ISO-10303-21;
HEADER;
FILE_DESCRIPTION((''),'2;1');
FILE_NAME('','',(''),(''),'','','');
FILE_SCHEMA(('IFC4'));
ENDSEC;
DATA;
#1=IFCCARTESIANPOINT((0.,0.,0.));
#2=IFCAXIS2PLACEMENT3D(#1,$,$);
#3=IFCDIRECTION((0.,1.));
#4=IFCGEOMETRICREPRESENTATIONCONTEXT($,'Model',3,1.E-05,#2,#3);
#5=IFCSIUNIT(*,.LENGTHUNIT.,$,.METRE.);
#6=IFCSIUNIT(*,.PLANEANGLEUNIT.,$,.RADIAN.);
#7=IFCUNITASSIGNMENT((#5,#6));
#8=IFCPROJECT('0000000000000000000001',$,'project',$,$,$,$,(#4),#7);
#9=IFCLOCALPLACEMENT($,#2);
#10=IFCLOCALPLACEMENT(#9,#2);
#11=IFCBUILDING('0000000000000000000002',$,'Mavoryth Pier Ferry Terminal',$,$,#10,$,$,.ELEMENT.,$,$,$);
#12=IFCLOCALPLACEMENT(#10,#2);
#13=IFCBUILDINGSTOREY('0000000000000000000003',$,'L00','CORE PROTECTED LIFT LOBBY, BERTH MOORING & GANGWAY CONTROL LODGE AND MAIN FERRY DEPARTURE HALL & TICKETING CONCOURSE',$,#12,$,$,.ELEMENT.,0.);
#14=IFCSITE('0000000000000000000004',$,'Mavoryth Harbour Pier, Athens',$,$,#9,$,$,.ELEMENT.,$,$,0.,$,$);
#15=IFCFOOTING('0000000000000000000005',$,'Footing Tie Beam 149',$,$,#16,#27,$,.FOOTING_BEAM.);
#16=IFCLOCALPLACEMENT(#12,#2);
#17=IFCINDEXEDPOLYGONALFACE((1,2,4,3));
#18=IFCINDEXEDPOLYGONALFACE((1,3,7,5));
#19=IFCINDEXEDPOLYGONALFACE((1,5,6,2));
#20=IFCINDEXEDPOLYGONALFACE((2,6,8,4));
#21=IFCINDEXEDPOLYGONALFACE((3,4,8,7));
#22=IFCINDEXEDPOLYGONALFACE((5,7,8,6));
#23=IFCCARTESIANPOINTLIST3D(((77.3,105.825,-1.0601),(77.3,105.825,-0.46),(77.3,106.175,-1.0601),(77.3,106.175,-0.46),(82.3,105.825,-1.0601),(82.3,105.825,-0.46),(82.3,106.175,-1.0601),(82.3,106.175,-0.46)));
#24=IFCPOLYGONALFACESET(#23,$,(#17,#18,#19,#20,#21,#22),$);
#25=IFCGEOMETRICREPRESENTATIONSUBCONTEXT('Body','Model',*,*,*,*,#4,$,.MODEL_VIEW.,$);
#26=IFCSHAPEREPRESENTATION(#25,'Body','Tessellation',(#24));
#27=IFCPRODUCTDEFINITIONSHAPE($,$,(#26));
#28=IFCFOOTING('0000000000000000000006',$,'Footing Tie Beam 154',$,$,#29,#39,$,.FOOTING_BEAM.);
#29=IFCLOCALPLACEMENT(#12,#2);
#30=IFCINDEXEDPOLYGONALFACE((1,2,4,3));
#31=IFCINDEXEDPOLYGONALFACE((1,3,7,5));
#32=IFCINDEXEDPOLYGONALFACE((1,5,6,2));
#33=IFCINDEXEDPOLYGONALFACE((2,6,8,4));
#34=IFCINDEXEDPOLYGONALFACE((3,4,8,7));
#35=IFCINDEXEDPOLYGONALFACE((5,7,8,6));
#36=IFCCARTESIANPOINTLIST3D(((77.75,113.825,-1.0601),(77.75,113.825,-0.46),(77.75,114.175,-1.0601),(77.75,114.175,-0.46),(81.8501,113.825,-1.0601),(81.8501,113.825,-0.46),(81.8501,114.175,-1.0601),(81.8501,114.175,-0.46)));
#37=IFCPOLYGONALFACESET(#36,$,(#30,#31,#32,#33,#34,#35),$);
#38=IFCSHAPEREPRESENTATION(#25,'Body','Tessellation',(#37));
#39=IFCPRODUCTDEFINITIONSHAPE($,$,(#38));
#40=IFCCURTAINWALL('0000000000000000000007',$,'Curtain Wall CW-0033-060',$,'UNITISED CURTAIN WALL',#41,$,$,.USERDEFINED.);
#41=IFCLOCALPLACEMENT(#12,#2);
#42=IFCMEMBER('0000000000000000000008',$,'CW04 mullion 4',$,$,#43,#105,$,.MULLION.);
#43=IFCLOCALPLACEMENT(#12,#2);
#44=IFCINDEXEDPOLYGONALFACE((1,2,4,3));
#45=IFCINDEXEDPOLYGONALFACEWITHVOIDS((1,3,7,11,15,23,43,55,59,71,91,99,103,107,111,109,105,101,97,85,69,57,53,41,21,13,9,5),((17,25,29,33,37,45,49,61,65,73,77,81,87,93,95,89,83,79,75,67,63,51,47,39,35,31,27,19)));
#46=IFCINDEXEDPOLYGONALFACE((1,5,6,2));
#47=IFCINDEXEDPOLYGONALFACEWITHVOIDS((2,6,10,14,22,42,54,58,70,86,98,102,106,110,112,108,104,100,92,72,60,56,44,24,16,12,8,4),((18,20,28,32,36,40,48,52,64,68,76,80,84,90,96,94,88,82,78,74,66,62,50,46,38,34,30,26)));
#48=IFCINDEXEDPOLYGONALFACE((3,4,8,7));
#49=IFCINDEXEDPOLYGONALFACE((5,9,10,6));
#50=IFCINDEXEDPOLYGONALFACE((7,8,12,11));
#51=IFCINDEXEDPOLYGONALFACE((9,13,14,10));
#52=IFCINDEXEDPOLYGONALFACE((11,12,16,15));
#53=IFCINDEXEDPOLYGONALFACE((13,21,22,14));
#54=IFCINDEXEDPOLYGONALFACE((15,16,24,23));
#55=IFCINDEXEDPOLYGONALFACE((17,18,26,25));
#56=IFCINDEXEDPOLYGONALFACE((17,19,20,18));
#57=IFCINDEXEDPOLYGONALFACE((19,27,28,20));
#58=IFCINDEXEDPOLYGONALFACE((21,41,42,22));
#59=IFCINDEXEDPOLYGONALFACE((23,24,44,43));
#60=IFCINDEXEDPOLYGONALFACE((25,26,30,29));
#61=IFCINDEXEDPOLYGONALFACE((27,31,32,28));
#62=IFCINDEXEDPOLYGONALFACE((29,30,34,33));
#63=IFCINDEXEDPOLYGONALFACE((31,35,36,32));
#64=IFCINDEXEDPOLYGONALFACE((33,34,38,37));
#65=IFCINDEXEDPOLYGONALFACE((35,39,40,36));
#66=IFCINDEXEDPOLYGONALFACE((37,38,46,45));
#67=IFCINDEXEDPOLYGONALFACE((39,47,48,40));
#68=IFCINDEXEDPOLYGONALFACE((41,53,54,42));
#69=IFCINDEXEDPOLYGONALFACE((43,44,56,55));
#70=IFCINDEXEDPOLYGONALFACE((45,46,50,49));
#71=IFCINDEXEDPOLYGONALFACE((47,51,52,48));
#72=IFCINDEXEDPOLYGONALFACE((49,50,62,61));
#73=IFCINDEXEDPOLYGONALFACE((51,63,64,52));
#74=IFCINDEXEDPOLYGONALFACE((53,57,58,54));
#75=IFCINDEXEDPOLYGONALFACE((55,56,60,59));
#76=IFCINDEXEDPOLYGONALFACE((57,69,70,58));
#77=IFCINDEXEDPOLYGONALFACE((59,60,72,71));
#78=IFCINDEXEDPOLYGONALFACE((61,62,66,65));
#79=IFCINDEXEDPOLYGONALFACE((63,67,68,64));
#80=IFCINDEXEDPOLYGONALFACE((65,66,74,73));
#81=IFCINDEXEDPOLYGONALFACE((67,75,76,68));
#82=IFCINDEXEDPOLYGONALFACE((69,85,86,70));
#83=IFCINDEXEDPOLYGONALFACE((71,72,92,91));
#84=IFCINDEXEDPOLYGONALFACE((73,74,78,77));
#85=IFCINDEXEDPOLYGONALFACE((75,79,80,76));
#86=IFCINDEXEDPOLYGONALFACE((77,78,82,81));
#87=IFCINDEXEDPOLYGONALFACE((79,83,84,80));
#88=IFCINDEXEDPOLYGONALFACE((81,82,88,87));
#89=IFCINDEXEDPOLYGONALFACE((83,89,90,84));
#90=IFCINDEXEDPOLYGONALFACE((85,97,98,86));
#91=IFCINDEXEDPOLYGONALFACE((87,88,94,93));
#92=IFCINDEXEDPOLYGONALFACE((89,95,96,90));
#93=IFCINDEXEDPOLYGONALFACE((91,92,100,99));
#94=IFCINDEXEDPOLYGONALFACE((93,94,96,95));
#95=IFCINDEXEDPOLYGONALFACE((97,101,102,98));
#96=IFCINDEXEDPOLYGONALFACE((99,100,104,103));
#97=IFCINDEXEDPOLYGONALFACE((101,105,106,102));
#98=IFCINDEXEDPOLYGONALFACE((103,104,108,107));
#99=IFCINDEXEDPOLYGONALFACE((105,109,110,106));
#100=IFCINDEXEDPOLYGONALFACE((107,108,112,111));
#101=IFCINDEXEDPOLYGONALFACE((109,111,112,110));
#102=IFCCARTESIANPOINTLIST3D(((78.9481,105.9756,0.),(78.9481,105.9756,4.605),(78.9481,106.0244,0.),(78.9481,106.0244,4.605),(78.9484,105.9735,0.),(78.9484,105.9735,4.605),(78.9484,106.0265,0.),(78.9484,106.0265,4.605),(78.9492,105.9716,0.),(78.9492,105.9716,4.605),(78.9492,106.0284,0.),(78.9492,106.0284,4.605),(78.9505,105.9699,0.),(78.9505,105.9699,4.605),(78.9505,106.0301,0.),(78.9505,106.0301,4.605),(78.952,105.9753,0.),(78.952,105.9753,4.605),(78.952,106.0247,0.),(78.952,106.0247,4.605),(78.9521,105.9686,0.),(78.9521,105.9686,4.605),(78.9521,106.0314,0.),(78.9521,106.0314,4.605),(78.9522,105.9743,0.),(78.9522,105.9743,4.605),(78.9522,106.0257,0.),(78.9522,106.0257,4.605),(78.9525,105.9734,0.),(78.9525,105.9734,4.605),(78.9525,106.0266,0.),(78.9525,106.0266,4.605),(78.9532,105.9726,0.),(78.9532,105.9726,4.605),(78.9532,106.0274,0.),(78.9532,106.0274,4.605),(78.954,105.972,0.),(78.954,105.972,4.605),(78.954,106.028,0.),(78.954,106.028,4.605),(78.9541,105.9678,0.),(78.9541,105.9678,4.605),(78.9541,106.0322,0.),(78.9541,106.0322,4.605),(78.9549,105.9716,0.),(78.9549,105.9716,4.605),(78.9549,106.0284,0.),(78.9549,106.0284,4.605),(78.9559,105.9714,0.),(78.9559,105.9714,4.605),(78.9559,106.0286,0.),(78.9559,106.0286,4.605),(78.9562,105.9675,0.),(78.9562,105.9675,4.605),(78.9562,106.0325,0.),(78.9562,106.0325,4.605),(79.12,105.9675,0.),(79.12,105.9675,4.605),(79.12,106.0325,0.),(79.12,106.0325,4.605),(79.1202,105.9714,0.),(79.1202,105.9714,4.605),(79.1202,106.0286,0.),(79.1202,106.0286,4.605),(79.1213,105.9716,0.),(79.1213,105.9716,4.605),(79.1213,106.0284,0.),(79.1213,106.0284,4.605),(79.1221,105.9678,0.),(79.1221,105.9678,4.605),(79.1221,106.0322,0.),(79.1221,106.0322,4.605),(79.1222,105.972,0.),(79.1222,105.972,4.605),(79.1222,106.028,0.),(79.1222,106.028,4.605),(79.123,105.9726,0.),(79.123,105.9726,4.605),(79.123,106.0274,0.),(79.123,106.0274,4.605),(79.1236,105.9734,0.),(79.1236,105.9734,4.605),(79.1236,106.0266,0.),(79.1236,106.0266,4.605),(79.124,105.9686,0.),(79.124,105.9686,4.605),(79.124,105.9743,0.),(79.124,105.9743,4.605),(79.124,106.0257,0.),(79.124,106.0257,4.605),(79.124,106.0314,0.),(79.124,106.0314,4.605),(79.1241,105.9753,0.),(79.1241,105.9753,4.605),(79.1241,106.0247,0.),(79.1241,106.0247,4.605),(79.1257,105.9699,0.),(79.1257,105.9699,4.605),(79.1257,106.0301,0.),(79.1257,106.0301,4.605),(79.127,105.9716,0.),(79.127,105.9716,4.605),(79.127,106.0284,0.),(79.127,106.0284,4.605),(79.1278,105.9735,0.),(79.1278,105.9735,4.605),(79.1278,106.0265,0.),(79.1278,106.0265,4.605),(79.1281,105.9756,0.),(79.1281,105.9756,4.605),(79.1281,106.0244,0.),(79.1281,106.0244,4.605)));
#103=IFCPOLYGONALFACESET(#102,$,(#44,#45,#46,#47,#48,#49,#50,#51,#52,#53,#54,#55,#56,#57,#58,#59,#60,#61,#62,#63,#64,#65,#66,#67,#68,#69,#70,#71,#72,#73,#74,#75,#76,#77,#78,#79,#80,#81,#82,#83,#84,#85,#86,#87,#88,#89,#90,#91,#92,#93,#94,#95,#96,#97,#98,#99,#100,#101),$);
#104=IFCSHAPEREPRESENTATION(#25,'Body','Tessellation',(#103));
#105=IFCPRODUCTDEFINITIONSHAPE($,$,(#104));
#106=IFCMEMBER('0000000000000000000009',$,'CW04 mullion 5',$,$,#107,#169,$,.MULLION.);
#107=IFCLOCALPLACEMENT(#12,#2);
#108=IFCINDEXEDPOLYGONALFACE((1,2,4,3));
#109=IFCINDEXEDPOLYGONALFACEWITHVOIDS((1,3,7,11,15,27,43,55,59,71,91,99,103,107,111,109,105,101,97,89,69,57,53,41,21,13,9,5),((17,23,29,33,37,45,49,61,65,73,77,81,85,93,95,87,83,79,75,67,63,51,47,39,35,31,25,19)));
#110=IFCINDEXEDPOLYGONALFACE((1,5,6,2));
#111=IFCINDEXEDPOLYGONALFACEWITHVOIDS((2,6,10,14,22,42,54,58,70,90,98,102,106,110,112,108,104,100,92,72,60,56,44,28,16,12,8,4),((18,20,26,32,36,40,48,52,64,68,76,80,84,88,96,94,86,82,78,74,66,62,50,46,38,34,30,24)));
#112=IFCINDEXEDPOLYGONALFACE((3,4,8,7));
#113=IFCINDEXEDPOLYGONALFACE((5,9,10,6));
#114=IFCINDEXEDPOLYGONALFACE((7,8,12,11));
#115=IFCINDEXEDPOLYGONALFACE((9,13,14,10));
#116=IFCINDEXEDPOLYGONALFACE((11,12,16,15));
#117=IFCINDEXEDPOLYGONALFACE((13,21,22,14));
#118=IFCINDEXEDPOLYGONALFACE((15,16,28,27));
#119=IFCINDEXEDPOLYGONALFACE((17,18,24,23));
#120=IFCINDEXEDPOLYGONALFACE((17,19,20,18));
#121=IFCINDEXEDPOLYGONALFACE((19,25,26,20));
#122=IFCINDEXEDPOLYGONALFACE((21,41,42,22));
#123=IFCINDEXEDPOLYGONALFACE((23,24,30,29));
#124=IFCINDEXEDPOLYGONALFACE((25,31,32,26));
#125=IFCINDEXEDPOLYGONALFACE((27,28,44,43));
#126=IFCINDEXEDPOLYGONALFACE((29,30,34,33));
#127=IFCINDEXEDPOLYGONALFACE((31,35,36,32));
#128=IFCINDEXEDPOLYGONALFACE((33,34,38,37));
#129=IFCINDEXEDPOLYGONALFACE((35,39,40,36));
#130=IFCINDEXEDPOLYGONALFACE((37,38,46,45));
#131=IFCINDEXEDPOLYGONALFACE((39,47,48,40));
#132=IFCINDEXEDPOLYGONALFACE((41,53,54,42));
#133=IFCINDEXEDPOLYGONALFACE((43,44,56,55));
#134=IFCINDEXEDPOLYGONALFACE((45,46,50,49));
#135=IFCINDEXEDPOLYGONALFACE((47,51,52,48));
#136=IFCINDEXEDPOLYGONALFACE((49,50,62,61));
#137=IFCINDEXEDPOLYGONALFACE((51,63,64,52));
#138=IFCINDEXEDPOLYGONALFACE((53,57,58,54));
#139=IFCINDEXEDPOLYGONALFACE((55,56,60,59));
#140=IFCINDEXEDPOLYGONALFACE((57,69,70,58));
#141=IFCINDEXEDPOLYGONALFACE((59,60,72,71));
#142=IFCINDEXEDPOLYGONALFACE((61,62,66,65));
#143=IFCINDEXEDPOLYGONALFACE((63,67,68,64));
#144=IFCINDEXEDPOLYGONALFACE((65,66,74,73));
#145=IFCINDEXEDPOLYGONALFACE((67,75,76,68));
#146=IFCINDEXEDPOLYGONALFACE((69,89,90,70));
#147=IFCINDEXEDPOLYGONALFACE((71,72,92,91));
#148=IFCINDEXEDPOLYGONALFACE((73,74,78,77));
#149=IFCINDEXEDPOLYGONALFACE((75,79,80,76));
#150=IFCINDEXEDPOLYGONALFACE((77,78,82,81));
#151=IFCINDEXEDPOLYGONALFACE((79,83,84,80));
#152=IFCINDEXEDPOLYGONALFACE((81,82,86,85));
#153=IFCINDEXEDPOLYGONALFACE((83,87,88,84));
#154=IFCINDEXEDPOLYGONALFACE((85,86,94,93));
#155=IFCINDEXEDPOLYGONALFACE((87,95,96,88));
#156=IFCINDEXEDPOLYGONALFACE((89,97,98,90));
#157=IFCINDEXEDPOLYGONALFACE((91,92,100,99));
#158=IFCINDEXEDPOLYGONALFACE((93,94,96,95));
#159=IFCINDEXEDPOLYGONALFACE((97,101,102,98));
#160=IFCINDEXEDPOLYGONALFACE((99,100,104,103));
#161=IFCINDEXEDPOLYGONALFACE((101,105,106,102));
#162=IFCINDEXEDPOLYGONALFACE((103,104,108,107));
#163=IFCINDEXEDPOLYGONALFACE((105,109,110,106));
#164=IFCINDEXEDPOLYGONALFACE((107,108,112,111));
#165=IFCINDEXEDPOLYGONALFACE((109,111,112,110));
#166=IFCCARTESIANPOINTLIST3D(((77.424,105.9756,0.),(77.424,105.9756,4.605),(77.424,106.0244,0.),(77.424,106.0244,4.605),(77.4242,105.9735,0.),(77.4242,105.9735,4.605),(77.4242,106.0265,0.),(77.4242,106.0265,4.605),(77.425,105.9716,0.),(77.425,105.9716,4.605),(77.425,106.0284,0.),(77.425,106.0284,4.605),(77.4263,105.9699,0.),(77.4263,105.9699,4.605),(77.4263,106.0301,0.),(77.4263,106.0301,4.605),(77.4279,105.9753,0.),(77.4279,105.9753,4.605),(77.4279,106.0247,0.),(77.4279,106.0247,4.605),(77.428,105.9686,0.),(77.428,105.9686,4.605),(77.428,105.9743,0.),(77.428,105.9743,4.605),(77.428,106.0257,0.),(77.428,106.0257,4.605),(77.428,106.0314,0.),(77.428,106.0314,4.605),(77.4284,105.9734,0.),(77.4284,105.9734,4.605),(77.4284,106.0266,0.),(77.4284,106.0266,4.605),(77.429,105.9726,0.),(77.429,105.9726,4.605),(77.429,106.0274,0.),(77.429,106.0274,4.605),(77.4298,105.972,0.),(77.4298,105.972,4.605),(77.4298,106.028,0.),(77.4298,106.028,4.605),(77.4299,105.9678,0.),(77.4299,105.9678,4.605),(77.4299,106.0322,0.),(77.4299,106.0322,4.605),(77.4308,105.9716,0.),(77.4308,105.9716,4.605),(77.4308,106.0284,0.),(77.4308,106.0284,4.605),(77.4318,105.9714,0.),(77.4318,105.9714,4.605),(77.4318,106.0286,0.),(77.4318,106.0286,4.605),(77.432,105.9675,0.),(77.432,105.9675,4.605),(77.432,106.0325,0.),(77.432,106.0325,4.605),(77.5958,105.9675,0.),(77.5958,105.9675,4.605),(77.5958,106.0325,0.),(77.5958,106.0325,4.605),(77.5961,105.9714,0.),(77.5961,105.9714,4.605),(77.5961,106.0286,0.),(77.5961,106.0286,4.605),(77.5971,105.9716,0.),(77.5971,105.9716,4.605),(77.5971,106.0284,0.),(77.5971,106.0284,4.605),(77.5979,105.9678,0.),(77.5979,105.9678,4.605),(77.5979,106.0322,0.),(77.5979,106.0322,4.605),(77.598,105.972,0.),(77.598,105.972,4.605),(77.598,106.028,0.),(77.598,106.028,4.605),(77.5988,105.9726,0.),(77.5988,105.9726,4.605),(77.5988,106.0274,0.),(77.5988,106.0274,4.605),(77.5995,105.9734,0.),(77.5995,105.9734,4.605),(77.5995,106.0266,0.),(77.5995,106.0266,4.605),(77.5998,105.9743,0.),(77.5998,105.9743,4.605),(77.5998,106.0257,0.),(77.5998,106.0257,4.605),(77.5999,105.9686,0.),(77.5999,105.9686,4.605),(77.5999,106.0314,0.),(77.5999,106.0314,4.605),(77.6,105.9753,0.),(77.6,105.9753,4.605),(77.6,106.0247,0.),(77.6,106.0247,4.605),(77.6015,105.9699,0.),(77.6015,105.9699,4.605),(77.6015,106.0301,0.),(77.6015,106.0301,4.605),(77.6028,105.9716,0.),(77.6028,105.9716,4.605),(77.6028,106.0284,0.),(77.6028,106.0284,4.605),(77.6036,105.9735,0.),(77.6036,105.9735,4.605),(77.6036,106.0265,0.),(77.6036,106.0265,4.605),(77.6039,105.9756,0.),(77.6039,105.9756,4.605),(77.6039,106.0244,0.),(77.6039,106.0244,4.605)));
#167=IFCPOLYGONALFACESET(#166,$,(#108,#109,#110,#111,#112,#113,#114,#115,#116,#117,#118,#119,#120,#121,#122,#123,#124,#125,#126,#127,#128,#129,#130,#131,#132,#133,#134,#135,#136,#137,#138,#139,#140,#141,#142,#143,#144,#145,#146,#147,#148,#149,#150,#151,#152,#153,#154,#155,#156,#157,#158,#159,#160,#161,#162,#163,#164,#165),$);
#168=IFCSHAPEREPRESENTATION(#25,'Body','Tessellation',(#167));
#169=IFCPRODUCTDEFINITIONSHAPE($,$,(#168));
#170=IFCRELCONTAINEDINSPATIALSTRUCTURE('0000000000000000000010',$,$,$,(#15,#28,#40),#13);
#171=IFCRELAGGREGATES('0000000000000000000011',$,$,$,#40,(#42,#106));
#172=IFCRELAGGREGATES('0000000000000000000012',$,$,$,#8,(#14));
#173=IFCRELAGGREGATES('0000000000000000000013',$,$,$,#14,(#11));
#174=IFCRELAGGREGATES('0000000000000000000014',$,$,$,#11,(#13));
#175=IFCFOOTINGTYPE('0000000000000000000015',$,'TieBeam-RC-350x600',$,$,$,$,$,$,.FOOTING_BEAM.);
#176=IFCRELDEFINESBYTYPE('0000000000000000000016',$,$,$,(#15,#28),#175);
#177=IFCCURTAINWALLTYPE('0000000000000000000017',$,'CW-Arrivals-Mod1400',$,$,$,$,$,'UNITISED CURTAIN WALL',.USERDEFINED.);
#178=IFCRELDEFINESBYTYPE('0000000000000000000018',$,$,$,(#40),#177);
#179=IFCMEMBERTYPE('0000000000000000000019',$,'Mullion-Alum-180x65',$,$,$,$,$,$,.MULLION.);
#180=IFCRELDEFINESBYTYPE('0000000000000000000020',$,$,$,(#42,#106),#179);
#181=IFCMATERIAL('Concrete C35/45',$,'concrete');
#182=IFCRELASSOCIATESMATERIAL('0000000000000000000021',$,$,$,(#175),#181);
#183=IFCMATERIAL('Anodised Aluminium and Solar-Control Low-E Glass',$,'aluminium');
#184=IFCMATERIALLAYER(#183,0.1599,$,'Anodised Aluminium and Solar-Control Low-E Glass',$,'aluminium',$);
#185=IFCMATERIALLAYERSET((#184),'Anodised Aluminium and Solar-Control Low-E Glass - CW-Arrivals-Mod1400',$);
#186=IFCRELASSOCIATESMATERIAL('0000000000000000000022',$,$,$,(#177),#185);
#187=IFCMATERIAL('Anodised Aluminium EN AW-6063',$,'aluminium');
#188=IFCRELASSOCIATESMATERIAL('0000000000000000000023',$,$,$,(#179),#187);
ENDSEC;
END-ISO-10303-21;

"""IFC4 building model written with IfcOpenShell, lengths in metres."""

from ifc_helpers import new_model, si_unit, direction, frame, origin, origin_2d, place, context, subcontext, project, spatial, rectangle, hollow_rectangle, extrude, material, layer, layer_set, material_profile, profile_set, type_object, element, aggregate, save


model = new_model("IFC4")

# Units and contexts
model_context = context("Model", 3, precision=1e-05, world=origin(), true_north=direction((0.0, 1.0)))
body_context = subcontext(model_context, "Body", "Model", "MODEL_VIEW")
ifc_project = project(units=[si_unit("LENGTHUNIT", "METRE"), si_unit("PLANEANGLEUNIT", "RADIAN")], contexts=[model_context])

# Site, building, storey
site_placement = place(None, origin())
site = spatial("IfcSite", under=ifc_project, at=site_placement, Name="Mavoryth Harbour Pier, Athens", CompositionType="ELEMENT", RefElevation=0.0)
building_placement = place(site_placement, origin())
building = spatial("IfcBuilding", under=site, at=building_placement, Name="Mavoryth Pier Ferry Terminal", CompositionType="ELEMENT")
storey_placement = place(building_placement, origin())
storey = spatial("IfcBuildingStorey", under=building, at=storey_placement, Name="L00", Description="CORE PROTECTED LIFT LOBBY, BERTH MOORING & GANGWAY CONTROL LODGE AND MAIN FERRY DEPARTURE HALL & TICKETING CONCOURSE", CompositionType="ELEMENT", Elevation=0.0)

# Footings
ifc_material_1 = material(Name="Concrete C35/45", Category="concrete")
ifc_material_profile_1 = material_profile(ifc_material_1, rectangle(XDim=0.3501, YDim=0.6001, at=origin_2d()), Name="RC 350x600", Category="concrete")
ifc_profile_set_1 = profile_set([ifc_material_profile_1], Name="Concrete C35/45 - RC 350x600")
footing_type = type_object("IfcFootingType", Name="TieBeam-RC-350x600", PredefinedType="FOOTING_BEAM", material=ifc_profile_set_1)
footing_1_placement = place(storey_placement, frame((77.3, 106.0, -0.76), z_axis=(1.0, 0.0, 0.0), x_axis=(0.0, 1.0, 0.0)))
element("IfcFooting", 1, at=footing_1_placement, inside=storey, type_object=footing_type, Name="Footing Tie Beam 149", PredefinedType="FOOTING_BEAM", context=body_context, shape_type="SweptSolid", body=[
    extrude(rectangle(XDim=0.3501, YDim=0.6001, at=origin_2d()), origin(), (0.0, 0.0, 1.0), 5.0),
])
footing_2_placement = place(storey_placement, frame((77.75, 114.0, -0.76), z_axis=(1.0, 0.0, 0.0), x_axis=(0.0, 1.0, 0.0)))
element("IfcFooting", 2, at=footing_2_placement, inside=storey, type_object=footing_type, Name="Footing Tie Beam 154", PredefinedType="FOOTING_BEAM", context=body_context, shape_type="SweptSolid", body=[
    extrude(rectangle(XDim=0.3501, YDim=0.6001, at=origin_2d()), origin(), (0.0, 0.0, 1.0), 4.1001),
])

# Curtain wall, members
ifc_material_2 = material(Name="Anodised Aluminium and Solar-Control Low-E Glass", Category="aluminium")
ifc_layer_1 = layer(ifc_material_2, 0.1599, Name="Anodised Aluminium and Solar-Control Low-E Glass", Category="aluminium")
ifc_layer_set_1 = layer_set([ifc_layer_1], Name="Anodised Aluminium and Solar-Control Low-E Glass - CW-Arrivals-Mod1400")
curtain_wall_type = type_object("IfcCurtainWallType", Name="CW-Arrivals-Mod1400", ElementType="UNITISED CURTAIN WALL", PredefinedType="USERDEFINED", material=ifc_layer_set_1)
curtain_wall_placement = place(storey_placement, origin())
curtain_wall = element("IfcCurtainWall", 3, at=curtain_wall_placement, inside=storey, type_object=curtain_wall_type, Name="Curtain Wall CW-0033-060", ObjectType="UNITISED CURTAIN WALL", PredefinedType="USERDEFINED")
ifc_material_3 = material(Name="Anodised Aluminium EN AW-6063", Category="aluminium")
ifc_material_profile_2 = material_profile(ifc_material_3, hollow_rectangle(XDim=0.0649, YDim=0.1799, WallThickness=0.0039, InnerFilletRadius=0.0039, OuterFilletRadius=0.0081, at=origin_2d()), Name="AL-MULL 180x65x4", Category="aluminium")
ifc_profile_set_2 = profile_set([ifc_material_profile_2], Name="Anodised Aluminium EN AW-6063 - AL-MULL 180x65x4")
member_type_1 = type_object("IfcMemberType", Name="Mullion-Alum-180x65", PredefinedType="MULLION", material=ifc_profile_set_2)
member_1_placement = place(storey_placement, frame((79.0381, 106.0, 0.0), z_axis=(0.0, 0.0, 1.0), x_axis=(0.0, -1.0, 0.0)))
member_1 = element("IfcMember", 4, at=member_1_placement, type_object=member_type_1, Name="CW04 mullion 4", PredefinedType="MULLION", context=body_context, shape_type="SweptSolid", body=[
    extrude(hollow_rectangle(XDim=0.0649, YDim=0.1799, WallThickness=0.0039, InnerFilletRadius=0.0039, OuterFilletRadius=0.0081, at=origin_2d()), origin(), (0.0, 0.0, 1.0), 4.605),
])
member_2_placement = place(storey_placement, frame((77.5139, 106.0, 0.0), z_axis=(0.0, 0.0, 1.0), x_axis=(0.0, -1.0, 0.0)))
member_2 = element("IfcMember", 5, at=member_2_placement, type_object=member_type_1, Name="CW04 mullion 5", PredefinedType="MULLION", context=body_context, shape_type="SweptSolid", body=[
    extrude(hollow_rectangle(XDim=0.0649, YDim=0.1799, WallThickness=0.0039, InnerFilletRadius=0.0039, OuterFilletRadius=0.0081, at=origin_2d()), origin(), (0.0, 0.0, 1.0), 4.605),
])
aggregate(curtain_wall, [member_1, member_2])

save(model, "model.ifc")
